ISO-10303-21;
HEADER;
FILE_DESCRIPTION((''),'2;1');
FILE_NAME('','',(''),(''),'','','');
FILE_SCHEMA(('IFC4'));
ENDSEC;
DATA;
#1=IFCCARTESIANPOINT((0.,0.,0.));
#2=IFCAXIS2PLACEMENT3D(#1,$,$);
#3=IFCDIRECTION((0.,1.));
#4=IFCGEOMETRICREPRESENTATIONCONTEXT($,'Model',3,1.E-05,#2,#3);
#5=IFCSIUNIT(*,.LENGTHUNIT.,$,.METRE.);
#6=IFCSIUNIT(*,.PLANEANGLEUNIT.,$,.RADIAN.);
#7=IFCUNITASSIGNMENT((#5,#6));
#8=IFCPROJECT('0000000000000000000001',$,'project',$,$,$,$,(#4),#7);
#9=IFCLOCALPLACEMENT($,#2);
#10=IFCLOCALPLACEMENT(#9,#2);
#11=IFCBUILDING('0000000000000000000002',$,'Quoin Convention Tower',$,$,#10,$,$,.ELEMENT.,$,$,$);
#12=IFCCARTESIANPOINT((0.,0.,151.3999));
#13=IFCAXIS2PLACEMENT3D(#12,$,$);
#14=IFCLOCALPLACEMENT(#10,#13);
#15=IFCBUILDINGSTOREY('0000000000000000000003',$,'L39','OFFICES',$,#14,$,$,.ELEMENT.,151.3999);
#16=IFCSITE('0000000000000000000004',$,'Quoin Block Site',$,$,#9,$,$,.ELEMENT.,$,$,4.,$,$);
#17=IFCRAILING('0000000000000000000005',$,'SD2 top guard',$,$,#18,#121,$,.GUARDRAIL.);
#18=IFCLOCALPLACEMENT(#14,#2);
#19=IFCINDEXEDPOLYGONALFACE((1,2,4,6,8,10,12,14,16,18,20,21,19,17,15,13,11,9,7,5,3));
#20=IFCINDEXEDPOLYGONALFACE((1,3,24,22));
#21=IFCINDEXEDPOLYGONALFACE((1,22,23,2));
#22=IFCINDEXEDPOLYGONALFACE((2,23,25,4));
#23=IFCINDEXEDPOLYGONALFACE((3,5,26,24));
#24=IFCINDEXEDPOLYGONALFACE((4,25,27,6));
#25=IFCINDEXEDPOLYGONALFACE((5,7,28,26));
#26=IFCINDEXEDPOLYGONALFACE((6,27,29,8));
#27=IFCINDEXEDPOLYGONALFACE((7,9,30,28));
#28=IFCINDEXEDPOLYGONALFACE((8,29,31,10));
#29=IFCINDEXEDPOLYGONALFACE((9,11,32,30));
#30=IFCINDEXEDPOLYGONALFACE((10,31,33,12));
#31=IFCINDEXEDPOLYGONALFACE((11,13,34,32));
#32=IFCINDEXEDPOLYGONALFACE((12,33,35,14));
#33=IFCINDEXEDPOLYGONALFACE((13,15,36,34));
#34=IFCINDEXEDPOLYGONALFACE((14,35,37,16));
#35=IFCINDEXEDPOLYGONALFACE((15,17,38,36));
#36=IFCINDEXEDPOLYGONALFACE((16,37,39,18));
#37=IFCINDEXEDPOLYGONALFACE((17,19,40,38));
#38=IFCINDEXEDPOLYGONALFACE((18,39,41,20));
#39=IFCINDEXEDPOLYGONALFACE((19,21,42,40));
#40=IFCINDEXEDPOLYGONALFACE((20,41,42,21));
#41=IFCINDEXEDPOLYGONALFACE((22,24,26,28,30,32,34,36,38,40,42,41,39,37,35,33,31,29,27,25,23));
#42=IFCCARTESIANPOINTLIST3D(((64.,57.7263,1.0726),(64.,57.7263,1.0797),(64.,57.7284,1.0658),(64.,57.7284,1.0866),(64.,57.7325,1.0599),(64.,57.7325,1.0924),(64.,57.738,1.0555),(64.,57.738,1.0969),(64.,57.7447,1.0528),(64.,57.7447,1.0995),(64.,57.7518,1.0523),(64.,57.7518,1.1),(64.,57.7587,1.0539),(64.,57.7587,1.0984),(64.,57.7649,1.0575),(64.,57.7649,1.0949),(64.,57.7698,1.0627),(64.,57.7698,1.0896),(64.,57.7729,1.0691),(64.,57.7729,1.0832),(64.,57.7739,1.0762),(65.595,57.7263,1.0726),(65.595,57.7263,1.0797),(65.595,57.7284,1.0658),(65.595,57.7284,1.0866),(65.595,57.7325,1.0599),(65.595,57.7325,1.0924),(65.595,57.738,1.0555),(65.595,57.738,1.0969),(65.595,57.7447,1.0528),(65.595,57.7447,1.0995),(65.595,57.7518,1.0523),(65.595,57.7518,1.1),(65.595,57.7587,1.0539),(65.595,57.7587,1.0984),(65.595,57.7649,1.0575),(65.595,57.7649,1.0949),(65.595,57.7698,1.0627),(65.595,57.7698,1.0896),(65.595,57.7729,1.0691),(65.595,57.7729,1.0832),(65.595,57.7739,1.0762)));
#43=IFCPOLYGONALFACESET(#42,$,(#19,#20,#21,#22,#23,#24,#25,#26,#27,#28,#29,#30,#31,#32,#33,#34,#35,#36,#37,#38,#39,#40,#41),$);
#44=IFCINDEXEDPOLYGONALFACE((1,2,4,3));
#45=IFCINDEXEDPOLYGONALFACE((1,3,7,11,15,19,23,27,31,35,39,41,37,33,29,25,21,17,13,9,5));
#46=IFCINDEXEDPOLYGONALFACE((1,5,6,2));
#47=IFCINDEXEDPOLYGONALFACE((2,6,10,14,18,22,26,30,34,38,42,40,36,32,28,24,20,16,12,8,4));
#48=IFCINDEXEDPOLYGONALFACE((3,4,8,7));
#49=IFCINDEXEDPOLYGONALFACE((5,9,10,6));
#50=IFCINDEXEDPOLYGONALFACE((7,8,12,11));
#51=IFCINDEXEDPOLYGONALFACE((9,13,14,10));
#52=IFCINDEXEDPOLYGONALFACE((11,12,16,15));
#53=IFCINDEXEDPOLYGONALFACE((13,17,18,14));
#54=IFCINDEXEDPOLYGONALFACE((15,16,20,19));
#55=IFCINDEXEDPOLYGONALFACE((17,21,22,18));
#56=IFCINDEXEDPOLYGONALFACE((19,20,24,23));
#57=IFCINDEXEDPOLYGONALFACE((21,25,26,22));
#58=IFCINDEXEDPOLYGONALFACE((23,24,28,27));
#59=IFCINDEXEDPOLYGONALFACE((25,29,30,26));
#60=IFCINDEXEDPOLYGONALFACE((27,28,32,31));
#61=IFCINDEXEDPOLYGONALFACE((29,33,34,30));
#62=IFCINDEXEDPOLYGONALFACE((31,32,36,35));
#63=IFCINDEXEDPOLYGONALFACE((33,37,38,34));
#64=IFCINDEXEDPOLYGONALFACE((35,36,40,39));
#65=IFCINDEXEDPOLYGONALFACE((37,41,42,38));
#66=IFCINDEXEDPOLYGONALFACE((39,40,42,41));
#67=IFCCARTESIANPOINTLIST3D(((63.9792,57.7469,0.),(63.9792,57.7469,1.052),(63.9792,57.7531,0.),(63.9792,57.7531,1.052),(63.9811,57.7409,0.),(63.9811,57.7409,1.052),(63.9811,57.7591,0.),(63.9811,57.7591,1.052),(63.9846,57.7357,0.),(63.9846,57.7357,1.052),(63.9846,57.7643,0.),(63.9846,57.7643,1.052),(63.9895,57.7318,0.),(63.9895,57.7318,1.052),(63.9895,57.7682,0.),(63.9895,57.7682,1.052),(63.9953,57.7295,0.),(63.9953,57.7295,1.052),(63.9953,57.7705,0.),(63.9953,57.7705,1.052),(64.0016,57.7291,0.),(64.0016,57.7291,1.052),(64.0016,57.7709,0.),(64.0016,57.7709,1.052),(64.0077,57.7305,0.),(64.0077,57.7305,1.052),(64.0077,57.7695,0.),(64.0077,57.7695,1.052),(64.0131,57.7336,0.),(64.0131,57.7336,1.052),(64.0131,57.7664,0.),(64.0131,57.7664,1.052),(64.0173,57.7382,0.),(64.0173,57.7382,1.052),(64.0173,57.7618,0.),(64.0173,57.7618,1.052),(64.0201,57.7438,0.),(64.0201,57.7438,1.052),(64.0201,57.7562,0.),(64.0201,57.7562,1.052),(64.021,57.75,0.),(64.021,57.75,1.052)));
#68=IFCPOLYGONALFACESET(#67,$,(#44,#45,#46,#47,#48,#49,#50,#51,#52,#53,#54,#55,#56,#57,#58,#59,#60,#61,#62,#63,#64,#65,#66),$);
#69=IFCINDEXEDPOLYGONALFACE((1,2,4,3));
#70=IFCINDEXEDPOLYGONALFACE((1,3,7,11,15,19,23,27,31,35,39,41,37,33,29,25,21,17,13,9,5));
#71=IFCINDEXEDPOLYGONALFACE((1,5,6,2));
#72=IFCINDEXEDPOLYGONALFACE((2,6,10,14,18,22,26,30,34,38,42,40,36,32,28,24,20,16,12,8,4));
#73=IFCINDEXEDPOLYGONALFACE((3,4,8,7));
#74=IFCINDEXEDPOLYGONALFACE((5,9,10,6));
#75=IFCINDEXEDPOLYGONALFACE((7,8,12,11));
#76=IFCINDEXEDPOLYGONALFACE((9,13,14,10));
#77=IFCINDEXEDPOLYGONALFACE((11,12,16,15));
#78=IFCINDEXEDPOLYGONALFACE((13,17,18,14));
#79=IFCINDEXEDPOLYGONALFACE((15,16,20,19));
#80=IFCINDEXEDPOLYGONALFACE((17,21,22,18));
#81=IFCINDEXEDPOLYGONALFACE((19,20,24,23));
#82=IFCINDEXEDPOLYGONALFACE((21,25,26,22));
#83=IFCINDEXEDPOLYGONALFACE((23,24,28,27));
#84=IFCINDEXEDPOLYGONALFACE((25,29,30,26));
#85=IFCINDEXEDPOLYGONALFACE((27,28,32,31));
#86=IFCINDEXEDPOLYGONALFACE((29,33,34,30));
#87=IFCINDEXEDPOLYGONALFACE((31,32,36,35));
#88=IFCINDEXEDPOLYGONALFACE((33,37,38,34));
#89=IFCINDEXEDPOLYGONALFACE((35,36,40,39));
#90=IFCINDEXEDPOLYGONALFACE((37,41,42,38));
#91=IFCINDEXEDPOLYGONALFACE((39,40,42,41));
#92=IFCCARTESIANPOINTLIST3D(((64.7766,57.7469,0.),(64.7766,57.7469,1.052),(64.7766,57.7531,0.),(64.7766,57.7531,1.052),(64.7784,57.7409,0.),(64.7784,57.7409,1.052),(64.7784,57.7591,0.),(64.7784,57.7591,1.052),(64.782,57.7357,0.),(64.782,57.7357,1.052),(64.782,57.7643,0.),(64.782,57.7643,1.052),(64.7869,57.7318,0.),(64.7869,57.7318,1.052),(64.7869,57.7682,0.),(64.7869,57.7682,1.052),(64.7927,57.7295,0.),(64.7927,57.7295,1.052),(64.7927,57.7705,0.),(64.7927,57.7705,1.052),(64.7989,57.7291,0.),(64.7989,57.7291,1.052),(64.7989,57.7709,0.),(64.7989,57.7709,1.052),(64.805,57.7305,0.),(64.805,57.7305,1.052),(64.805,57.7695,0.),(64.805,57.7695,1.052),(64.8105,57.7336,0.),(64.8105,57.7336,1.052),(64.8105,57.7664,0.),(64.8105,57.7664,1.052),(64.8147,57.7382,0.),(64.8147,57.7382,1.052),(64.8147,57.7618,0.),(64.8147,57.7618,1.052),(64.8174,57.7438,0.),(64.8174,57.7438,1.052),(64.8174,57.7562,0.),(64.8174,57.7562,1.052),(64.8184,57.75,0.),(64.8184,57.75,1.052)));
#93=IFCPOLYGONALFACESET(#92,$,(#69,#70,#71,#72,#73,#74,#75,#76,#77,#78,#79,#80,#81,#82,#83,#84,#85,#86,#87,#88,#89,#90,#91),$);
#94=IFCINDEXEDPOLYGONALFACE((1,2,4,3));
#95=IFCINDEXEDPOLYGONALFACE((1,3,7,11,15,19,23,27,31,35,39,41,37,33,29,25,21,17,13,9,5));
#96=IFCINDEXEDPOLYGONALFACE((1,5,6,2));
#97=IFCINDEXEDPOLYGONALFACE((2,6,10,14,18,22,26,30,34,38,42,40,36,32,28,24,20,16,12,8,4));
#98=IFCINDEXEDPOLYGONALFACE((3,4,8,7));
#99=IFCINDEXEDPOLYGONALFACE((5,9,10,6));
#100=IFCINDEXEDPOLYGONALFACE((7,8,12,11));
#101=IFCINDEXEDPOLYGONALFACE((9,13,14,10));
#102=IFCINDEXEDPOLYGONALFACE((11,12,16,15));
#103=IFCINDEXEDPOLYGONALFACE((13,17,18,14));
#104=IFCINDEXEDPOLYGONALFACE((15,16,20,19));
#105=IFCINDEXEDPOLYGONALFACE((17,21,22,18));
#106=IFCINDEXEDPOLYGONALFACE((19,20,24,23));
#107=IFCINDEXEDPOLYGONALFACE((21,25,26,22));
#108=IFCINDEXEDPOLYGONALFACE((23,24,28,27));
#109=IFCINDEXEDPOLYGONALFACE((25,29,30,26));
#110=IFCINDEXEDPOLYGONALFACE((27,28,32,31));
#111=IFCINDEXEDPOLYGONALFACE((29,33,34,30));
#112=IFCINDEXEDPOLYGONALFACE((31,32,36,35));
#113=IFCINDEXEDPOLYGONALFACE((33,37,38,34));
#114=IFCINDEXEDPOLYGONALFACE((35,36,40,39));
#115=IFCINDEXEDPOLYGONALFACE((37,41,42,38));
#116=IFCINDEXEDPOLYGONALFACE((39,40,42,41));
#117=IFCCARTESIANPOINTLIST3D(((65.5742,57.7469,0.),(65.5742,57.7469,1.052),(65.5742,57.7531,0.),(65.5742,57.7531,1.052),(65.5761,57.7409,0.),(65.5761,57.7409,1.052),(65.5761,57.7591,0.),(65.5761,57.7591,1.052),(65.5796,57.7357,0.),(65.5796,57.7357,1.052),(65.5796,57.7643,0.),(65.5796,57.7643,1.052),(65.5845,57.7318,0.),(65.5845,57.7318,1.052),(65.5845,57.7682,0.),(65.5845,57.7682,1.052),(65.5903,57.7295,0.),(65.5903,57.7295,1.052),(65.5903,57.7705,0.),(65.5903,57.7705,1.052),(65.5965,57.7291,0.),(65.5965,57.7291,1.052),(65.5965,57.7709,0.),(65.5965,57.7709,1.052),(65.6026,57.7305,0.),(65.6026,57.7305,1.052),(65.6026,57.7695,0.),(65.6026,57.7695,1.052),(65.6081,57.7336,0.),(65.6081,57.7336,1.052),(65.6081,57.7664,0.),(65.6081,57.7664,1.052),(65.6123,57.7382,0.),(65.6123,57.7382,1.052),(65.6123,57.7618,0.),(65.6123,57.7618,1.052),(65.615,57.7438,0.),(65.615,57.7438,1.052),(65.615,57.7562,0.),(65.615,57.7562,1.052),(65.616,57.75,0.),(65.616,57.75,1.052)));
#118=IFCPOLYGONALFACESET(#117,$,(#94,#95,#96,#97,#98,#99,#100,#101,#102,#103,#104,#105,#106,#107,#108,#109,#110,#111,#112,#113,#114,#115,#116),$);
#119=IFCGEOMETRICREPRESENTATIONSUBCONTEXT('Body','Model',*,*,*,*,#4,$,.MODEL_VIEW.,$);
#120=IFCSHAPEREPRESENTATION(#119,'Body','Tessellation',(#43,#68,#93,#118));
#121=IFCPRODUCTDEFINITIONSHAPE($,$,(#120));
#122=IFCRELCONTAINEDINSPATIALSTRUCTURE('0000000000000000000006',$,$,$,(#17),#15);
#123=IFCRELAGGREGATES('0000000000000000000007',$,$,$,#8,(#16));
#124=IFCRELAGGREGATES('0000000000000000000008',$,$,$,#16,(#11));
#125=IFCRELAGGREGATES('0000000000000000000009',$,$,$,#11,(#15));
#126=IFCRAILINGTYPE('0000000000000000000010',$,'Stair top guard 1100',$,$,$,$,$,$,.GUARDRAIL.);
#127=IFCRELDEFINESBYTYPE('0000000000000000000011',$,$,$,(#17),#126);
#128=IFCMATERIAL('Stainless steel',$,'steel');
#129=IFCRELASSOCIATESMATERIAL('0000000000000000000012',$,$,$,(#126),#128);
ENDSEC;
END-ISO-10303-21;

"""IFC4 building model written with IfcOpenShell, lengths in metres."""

from ifc_helpers import new_model, si_unit, direction, frame, origin, origin_2d, place, context, subcontext, project, spatial, circle, extrude, material, type_object, element, save


model = new_model("IFC4")

# Units and contexts
model_context = context("Model", 3, precision=1e-05, world=origin(), true_north=direction((0.0, 1.0)))
body_context = subcontext(model_context, "Body", "Model", "MODEL_VIEW")
ifc_project = project(units=[si_unit("LENGTHUNIT", "METRE"), si_unit("PLANEANGLEUNIT", "RADIAN")], contexts=[model_context])

# Site, building, storey
site_placement = place(None, origin())
site = spatial("IfcSite", under=ifc_project, at=site_placement, Name="Quoin Block Site", CompositionType="ELEMENT", RefElevation=4.0)
building_placement = place(site_placement, origin())
building = spatial("IfcBuilding", under=site, at=building_placement, Name="Quoin Convention Tower", CompositionType="ELEMENT")
storey_placement = place(building_placement, frame((0.0, 0.0, 151.3999)))
storey = spatial("IfcBuildingStorey", under=building, at=storey_placement, Name="L39", Description="OFFICES", CompositionType="ELEMENT", Elevation=151.3999)

# Railing
ifc_material_1 = material(Name="Stainless steel", Category="steel")
railing_type = type_object("IfcRailingType", Name="Stair top guard 1100", PredefinedType="GUARDRAIL", material=ifc_material_1)
railing_placement = place(storey_placement, frame((64.0, 57.75, 0.0)))
element("IfcRailing", 1, at=railing_placement, inside=storey, type_object=railing_type, Name="SD2 top guard", PredefinedType="GUARDRAIL", context=body_context, shape_type="SweptSolid", body=[
    extrude(circle(Radius=0.0239, at=origin_2d()), frame((0.0, 0.0, 1.0762), z_axis=(1.0, 0.0, 0.0), x_axis=(0.0, 1.0, 0.0)), (0.0, 0.0, 1.0), 1.595),
    extrude(circle(Radius=0.021, at=origin_2d()), origin(), (0.0, 0.0, 1.0), 1.052),
    extrude(circle(Radius=0.021, at=origin_2d()), frame((0.7974, 0.0, 0.0)), (0.0, 0.0, 1.0), 1.052),
    extrude(circle(Radius=0.021, at=origin_2d()), frame((1.595, 0.0, 0.0)), (0.0, 0.0, 1.0), 1.052),
])

save(model, "model.ifc")
